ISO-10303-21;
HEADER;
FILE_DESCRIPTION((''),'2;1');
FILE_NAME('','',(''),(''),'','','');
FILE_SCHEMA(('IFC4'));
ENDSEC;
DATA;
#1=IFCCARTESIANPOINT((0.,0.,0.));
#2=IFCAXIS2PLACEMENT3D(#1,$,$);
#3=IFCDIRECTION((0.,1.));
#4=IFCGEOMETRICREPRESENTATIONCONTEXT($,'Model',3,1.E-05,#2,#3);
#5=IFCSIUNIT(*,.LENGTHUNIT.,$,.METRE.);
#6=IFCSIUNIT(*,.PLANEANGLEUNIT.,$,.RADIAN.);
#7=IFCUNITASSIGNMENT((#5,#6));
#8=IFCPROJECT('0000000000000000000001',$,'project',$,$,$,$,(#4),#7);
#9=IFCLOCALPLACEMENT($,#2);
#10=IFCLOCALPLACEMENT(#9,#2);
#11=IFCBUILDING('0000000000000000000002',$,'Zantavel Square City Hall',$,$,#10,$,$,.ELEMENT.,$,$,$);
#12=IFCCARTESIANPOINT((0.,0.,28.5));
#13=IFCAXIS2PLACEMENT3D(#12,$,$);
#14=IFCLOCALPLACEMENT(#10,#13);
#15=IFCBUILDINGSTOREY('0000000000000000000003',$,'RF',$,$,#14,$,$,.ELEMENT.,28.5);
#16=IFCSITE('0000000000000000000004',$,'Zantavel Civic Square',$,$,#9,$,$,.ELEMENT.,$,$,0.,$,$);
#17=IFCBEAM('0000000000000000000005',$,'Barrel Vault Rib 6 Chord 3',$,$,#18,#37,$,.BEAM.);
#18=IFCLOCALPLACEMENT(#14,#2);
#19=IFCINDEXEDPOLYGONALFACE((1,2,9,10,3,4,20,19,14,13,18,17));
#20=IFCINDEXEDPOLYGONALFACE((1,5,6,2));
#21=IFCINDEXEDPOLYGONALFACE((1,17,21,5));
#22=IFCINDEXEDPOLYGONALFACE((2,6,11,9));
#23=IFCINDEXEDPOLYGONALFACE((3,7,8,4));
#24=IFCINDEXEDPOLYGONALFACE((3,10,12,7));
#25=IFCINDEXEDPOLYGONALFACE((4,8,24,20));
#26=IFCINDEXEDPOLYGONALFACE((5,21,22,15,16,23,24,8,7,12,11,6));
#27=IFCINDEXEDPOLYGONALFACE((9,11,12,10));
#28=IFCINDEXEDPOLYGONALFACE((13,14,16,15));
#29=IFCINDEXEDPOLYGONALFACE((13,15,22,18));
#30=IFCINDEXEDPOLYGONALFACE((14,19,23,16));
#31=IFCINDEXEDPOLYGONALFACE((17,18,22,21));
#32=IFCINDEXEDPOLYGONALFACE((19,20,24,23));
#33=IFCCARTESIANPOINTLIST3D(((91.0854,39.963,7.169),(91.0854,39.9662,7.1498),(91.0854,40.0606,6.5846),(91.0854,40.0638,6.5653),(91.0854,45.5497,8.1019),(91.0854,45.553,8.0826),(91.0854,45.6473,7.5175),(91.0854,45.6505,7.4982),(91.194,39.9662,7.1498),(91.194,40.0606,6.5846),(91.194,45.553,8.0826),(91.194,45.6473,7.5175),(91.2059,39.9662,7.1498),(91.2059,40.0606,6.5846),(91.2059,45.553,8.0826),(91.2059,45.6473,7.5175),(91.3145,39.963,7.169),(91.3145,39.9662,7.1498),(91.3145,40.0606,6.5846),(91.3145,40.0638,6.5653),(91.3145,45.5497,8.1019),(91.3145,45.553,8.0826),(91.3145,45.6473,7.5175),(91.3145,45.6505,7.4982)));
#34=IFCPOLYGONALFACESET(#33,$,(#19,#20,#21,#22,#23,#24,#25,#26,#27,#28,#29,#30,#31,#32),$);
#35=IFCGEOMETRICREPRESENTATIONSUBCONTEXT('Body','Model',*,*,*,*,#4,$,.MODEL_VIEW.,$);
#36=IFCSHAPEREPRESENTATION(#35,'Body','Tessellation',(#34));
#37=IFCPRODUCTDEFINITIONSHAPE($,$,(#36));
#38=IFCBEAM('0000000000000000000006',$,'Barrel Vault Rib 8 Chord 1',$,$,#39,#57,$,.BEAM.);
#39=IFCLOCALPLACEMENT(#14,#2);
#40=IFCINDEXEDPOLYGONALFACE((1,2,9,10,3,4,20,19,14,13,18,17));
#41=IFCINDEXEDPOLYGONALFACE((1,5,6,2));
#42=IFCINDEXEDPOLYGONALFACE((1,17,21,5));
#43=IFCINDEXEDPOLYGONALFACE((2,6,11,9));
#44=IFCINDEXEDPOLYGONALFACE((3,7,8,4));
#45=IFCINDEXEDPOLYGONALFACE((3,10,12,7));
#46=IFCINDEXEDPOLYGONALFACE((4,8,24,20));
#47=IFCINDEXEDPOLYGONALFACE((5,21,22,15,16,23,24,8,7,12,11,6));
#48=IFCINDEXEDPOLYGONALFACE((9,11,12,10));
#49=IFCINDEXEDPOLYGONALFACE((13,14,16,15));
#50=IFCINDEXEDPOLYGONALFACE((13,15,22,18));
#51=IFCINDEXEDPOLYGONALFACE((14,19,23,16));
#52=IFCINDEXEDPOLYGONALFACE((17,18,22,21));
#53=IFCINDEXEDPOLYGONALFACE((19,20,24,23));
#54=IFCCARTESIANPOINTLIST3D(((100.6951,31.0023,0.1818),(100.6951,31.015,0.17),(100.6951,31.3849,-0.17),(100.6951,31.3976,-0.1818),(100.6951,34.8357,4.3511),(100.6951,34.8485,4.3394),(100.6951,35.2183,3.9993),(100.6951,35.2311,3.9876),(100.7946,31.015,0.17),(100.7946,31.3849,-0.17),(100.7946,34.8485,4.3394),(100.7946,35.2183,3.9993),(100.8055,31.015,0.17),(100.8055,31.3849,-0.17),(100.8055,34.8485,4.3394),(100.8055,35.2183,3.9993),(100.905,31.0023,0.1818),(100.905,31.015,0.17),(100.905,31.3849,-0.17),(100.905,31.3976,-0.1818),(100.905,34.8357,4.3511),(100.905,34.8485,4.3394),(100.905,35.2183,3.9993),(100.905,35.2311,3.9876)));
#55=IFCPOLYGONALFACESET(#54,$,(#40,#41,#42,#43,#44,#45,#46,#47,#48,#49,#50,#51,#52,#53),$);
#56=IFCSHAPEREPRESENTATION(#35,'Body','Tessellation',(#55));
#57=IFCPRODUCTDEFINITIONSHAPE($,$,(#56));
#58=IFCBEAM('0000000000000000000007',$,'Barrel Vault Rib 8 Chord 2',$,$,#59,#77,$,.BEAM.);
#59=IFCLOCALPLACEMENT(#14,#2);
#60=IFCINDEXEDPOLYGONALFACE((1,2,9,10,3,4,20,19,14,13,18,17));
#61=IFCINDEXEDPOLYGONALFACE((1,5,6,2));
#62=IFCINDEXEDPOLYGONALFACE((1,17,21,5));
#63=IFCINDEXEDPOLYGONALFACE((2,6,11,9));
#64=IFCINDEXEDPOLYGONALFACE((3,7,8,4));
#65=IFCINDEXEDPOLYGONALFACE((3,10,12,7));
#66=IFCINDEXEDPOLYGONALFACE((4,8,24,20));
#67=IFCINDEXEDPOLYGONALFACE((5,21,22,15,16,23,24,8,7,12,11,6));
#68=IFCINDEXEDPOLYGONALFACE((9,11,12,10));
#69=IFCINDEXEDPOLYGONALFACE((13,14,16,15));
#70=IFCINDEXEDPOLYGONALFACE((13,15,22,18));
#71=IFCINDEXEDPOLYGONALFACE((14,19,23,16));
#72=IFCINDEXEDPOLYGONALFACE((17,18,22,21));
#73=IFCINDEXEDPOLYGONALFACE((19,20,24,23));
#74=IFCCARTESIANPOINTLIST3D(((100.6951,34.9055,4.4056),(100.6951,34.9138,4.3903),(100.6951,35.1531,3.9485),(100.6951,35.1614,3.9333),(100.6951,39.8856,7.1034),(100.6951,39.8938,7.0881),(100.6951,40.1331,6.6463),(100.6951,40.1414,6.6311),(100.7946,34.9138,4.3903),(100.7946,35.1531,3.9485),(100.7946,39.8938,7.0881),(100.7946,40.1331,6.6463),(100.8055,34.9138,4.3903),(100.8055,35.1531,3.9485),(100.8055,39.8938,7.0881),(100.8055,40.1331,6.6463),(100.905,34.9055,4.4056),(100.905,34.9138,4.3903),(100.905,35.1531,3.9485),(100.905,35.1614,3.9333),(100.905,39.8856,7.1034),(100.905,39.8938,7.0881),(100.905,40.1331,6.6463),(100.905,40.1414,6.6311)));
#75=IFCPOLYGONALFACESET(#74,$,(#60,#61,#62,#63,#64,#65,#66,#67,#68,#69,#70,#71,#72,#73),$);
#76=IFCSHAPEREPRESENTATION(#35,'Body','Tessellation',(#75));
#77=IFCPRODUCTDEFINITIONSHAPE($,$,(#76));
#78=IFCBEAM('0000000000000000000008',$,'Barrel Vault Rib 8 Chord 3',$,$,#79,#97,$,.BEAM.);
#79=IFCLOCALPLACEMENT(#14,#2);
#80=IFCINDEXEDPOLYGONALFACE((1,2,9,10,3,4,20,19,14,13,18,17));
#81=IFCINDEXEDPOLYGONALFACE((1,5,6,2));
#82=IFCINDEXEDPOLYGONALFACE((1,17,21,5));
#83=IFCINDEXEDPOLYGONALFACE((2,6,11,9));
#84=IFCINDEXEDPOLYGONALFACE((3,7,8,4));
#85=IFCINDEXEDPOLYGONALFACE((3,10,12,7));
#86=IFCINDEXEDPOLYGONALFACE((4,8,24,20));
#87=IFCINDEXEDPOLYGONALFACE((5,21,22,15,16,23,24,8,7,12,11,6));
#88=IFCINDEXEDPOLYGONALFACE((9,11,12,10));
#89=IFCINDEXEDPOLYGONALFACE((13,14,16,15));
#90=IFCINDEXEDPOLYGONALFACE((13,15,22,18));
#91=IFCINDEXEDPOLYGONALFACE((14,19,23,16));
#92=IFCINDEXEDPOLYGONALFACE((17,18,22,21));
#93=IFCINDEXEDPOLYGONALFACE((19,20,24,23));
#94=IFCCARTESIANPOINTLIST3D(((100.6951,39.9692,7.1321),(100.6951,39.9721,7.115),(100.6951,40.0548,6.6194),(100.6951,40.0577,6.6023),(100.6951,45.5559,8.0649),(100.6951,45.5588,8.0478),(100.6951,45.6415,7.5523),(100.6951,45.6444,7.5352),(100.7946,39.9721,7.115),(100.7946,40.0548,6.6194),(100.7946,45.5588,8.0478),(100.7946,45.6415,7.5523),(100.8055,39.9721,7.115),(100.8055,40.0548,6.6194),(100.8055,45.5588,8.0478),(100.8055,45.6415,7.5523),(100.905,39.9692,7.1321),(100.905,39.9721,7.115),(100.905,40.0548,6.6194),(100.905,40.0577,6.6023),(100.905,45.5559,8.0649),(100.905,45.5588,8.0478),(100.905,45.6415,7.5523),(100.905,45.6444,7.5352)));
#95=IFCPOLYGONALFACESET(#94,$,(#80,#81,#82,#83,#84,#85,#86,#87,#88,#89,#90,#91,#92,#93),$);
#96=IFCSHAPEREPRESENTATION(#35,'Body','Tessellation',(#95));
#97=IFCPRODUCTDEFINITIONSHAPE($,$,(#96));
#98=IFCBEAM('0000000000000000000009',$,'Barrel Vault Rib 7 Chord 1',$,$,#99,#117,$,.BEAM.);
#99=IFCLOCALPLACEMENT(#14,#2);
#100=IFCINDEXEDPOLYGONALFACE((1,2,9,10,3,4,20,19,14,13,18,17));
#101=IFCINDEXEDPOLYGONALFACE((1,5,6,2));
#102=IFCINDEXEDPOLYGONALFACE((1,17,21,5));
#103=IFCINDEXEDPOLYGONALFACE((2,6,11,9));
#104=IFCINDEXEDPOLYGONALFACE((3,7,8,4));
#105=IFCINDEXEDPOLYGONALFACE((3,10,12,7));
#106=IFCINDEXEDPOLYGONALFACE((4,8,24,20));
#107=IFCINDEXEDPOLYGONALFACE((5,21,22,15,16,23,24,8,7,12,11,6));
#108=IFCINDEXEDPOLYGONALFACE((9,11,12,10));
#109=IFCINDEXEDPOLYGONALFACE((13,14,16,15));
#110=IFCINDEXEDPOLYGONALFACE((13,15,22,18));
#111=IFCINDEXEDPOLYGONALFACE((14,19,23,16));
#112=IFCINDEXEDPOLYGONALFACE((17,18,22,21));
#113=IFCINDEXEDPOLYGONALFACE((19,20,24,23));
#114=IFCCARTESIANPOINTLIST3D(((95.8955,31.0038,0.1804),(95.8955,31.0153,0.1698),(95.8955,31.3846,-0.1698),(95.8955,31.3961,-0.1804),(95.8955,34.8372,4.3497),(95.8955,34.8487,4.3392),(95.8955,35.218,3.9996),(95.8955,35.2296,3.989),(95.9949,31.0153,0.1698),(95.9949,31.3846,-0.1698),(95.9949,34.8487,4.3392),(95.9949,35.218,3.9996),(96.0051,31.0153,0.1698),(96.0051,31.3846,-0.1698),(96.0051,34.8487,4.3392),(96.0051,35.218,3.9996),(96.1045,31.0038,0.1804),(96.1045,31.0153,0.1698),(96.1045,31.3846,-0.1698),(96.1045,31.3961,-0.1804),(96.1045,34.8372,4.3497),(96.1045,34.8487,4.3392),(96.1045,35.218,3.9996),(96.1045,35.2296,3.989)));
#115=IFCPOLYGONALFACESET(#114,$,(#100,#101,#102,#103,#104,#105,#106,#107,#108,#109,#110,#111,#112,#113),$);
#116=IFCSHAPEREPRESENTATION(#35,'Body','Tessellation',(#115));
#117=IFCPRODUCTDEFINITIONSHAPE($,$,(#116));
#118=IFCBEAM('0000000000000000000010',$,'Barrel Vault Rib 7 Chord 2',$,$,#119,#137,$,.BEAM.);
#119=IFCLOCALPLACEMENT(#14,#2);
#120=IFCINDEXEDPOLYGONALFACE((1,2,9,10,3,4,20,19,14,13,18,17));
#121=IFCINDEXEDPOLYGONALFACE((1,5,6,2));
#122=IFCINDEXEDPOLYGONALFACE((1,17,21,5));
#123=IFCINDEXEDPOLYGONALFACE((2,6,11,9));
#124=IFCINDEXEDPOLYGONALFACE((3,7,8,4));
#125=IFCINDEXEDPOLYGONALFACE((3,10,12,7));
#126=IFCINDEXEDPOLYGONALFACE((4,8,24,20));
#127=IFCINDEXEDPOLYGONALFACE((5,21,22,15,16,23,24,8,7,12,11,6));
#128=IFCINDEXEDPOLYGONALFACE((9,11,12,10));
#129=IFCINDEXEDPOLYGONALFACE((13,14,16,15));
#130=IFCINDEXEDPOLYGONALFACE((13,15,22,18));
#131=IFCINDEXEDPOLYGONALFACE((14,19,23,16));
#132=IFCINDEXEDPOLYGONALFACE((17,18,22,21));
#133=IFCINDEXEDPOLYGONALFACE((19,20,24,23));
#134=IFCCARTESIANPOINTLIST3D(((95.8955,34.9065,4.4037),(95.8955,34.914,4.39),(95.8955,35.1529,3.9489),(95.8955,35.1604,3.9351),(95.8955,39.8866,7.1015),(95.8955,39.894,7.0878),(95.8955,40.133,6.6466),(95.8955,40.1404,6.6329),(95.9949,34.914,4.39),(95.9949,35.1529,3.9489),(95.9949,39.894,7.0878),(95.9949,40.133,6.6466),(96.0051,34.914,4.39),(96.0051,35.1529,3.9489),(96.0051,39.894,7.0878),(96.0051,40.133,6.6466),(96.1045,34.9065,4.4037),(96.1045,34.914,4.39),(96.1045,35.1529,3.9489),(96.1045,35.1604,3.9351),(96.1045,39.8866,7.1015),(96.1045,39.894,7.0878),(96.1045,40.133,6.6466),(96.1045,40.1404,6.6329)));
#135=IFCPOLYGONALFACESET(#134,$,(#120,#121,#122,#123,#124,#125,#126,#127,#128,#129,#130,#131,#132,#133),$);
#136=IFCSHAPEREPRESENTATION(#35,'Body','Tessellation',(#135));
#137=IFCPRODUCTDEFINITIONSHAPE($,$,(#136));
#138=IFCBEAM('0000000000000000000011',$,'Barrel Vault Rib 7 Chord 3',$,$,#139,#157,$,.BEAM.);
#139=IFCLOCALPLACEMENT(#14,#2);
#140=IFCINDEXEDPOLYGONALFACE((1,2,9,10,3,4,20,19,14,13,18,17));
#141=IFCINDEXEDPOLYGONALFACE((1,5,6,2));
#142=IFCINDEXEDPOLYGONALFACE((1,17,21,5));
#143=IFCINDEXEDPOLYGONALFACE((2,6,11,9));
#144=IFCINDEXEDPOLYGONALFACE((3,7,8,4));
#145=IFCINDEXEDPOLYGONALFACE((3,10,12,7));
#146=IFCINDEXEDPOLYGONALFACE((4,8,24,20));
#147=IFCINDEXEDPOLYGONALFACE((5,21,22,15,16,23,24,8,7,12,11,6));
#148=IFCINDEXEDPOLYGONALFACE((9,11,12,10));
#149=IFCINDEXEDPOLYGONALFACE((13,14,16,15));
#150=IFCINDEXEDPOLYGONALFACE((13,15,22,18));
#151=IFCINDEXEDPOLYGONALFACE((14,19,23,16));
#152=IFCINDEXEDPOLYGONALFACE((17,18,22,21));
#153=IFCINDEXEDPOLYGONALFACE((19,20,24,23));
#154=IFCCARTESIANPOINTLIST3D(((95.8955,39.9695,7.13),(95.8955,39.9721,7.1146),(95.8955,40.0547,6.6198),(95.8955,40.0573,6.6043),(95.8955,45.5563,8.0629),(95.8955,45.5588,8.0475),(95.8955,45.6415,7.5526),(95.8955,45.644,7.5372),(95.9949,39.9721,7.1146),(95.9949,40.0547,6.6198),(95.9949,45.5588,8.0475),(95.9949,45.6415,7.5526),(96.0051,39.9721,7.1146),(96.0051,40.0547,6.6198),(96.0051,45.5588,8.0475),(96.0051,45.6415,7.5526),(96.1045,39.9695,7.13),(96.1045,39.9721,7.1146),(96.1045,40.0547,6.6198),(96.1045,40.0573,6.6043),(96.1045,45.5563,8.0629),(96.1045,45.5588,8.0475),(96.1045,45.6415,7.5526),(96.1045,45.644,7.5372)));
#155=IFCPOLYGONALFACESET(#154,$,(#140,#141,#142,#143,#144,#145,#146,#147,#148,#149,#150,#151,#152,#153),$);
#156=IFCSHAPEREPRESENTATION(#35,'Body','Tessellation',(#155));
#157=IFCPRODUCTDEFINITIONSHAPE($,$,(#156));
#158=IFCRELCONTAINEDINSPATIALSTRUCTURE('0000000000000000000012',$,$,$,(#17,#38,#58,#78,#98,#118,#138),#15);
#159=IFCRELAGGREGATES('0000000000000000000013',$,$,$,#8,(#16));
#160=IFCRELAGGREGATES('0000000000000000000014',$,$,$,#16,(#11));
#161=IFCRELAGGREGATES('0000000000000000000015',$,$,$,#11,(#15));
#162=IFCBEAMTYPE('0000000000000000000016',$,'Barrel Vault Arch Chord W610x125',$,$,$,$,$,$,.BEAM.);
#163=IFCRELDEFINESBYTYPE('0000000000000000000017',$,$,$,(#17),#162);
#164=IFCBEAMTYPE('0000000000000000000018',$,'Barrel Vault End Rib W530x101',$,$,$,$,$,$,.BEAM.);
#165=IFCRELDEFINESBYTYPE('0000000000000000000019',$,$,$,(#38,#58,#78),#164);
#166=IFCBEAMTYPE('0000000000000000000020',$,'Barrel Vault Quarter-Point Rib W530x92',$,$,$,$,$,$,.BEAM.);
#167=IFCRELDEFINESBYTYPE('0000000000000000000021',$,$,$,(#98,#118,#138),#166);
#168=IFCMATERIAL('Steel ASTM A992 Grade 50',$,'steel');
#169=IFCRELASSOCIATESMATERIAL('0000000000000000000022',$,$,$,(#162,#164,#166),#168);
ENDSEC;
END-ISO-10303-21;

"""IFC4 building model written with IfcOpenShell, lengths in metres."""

from ifc_helpers import new_model, si_unit, direction, frame, origin, origin_2d, place, context, subcontext, project, spatial, i_section, extrude, material, material_profile, profile_set, type_object, element, save


model = new_model("IFC4")

# Units and contexts
model_context = context("Model", 3, precision=1e-05, world=origin(), true_north=direction((0.0, 1.0)))
body_context = subcontext(model_context, "Body", "Model", "MODEL_VIEW")
ifc_project = project(units=[si_unit("LENGTHUNIT", "METRE"), si_unit("PLANEANGLEUNIT", "RADIAN")], contexts=[model_context])

# Site, building, storey
site_placement = place(None, origin())
site = spatial("IfcSite", under=ifc_project, at=site_placement, Name="Zantavel Civic Square", CompositionType="ELEMENT", RefElevation=0.0)
building_placement = place(site_placement, origin())
building = spatial("IfcBuilding", under=site, at=building_placement, Name="Zantavel Square City Hall", CompositionType="ELEMENT")
storey_placement = place(building_placement, frame((0.0, 0.0, 28.5)))
storey = spatial("IfcBuildingStorey", under=building, at=storey_placement, Name="RF", CompositionType="ELEMENT", Elevation=28.5)

# Beams
ifc_material_1 = material(Name="Steel ASTM A992 Grade 50", Category="steel")
ifc_material_profile_1 = material_profile(ifc_material_1, i_section(OverallWidth=0.229, OverallDepth=0.6121, WebThickness=0.012, FlangeThickness=0.0195, at=origin_2d()), Name="W610x125")
ifc_profile_set_1 = profile_set([ifc_material_profile_1], Name="Steel ASTM A992 Grade 50")
beam_type_1 = type_object("IfcBeamType", Name="Barrel Vault Arch Chord W610x125", PredefinedType="BEAM", material=ifc_profile_set_1)
beam_1_placement = place(storey_placement, frame((91.2, 40.0134, 6.8672), z_axis=(0.0, 0.986344, 0.1647), x_axis=(-1.0, 0.0, 0.0)))
element("IfcBeam", 1, at=beam_1_placement, inside=storey, type_object=beam_type_1, Name="Barrel Vault Rib 6 Chord 3", PredefinedType="BEAM", context=body_context, shape_type="SweptSolid", body=[
    extrude(i_section(OverallWidth=0.229, OverallDepth=0.6121, WebThickness=0.012, FlangeThickness=0.0195, at=origin_2d()), origin(), (0.0, 0.0, 1.0), 5.6641),
])
ifc_material_profile_2 = material_profile(ifc_material_1, i_section(OverallWidth=0.21, OverallDepth=0.5371, WebThickness=0.011, FlangeThickness=0.0173, at=origin_2d()), Name="W530x101")
ifc_profile_set_2 = profile_set([ifc_material_profile_2], Name="Steel ASTM A992 Grade 50")
beam_type_2 = type_object("IfcBeamType", Name="Barrel Vault End Rib W530x101", PredefinedType="BEAM", material=ifc_profile_set_2)
for number, where, z_axis, x_axis, name in (
    (2, (100.8, 31.2, 0.0), (0.0, 0.676829, 0.736141), (-1.0, 0.0, 0.0), "Barrel Vault Rib 8 Chord 1"),
    (3, (100.8, 35.0334, 4.1694), (0.0, 0.879272, 0.476319), (-1.0, 0.0, 0.0), "Barrel Vault Rib 8 Chord 2"),
):
    element("IfcBeam", number, at=place(storey_placement, frame(where, z_axis=z_axis, x_axis=x_axis)), inside=storey, type_object=beam_type_2, Name=name, PredefinedType="BEAM", context=body_context, shape_type="SweptSolid", body=[
        extrude(i_section(OverallWidth=0.21, OverallDepth=0.5371, WebThickness=0.011, FlangeThickness=0.0173, at=origin_2d()), origin(), (0.0, 0.0, 1.0), 5.6638),
    ])
beam_2_placement = place(storey_placement, frame((100.8, 40.0134, 6.8672), z_axis=(0.0, 0.986344, 0.1647), x_axis=(-1.0, 0.0, 0.0)))
element("IfcBeam", 4, at=beam_2_placement, inside=storey, type_object=beam_type_2, Name="Barrel Vault Rib 8 Chord 3", PredefinedType="BEAM", context=body_context, shape_type="SweptSolid", body=[
    extrude(i_section(OverallWidth=0.21, OverallDepth=0.5371, WebThickness=0.011, FlangeThickness=0.0173, at=origin_2d()), origin(), (0.0, 0.0, 1.0), 5.6641),
])
ifc_material_profile_3 = material_profile(ifc_material_1, i_section(OverallWidth=0.209, OverallDepth=0.533, WebThickness=0.0103, FlangeThickness=0.0156, at=origin_2d()), Name="W530x92")
ifc_profile_set_3 = profile_set([ifc_material_profile_3], Name="Steel ASTM A992 Grade 50")
beam_type_3 = type_object("IfcBeamType", Name="Barrel Vault Quarter-Point Rib W530x92", PredefinedType="BEAM", material=ifc_profile_set_3)
for number, where, z_axis, x_axis, name in (
    (5, (96.0, 31.2, 0.0), (0.0, 0.676829, 0.736141), (-1.0, 0.0, 0.0), "Barrel Vault Rib 7 Chord 1"),
    (6, (96.0, 35.0334, 4.1694), (0.0, 0.879272, 0.476319), (-1.0, 0.0, 0.0), "Barrel Vault Rib 7 Chord 2"),
):
    element("IfcBeam", number, at=place(storey_placement, frame(where, z_axis=z_axis, x_axis=x_axis)), inside=storey, type_object=beam_type_3, Name=name, PredefinedType="BEAM", context=body_context, shape_type="SweptSolid", body=[
        extrude(i_section(OverallWidth=0.209, OverallDepth=0.533, WebThickness=0.0103, FlangeThickness=0.0156, at=origin_2d()), origin(), (0.0, 0.0, 1.0), 5.6638),
    ])
beam_3_placement = place(storey_placement, frame((96.0, 40.0134, 6.8672), z_axis=(0.0, 0.986344, 0.1647), x_axis=(-1.0, 0.0, 0.0)))
element("IfcBeam", 7, at=beam_3_placement, inside=storey, type_object=beam_type_3, Name="Barrel Vault Rib 7 Chord 3", PredefinedType="BEAM", context=body_context, shape_type="SweptSolid", body=[
    extrude(i_section(OverallWidth=0.209, OverallDepth=0.533, WebThickness=0.0103, FlangeThickness=0.0156, at=origin_2d()), origin(), (0.0, 0.0, 1.0), 5.6641),
])

save(model, "model.ifc")
